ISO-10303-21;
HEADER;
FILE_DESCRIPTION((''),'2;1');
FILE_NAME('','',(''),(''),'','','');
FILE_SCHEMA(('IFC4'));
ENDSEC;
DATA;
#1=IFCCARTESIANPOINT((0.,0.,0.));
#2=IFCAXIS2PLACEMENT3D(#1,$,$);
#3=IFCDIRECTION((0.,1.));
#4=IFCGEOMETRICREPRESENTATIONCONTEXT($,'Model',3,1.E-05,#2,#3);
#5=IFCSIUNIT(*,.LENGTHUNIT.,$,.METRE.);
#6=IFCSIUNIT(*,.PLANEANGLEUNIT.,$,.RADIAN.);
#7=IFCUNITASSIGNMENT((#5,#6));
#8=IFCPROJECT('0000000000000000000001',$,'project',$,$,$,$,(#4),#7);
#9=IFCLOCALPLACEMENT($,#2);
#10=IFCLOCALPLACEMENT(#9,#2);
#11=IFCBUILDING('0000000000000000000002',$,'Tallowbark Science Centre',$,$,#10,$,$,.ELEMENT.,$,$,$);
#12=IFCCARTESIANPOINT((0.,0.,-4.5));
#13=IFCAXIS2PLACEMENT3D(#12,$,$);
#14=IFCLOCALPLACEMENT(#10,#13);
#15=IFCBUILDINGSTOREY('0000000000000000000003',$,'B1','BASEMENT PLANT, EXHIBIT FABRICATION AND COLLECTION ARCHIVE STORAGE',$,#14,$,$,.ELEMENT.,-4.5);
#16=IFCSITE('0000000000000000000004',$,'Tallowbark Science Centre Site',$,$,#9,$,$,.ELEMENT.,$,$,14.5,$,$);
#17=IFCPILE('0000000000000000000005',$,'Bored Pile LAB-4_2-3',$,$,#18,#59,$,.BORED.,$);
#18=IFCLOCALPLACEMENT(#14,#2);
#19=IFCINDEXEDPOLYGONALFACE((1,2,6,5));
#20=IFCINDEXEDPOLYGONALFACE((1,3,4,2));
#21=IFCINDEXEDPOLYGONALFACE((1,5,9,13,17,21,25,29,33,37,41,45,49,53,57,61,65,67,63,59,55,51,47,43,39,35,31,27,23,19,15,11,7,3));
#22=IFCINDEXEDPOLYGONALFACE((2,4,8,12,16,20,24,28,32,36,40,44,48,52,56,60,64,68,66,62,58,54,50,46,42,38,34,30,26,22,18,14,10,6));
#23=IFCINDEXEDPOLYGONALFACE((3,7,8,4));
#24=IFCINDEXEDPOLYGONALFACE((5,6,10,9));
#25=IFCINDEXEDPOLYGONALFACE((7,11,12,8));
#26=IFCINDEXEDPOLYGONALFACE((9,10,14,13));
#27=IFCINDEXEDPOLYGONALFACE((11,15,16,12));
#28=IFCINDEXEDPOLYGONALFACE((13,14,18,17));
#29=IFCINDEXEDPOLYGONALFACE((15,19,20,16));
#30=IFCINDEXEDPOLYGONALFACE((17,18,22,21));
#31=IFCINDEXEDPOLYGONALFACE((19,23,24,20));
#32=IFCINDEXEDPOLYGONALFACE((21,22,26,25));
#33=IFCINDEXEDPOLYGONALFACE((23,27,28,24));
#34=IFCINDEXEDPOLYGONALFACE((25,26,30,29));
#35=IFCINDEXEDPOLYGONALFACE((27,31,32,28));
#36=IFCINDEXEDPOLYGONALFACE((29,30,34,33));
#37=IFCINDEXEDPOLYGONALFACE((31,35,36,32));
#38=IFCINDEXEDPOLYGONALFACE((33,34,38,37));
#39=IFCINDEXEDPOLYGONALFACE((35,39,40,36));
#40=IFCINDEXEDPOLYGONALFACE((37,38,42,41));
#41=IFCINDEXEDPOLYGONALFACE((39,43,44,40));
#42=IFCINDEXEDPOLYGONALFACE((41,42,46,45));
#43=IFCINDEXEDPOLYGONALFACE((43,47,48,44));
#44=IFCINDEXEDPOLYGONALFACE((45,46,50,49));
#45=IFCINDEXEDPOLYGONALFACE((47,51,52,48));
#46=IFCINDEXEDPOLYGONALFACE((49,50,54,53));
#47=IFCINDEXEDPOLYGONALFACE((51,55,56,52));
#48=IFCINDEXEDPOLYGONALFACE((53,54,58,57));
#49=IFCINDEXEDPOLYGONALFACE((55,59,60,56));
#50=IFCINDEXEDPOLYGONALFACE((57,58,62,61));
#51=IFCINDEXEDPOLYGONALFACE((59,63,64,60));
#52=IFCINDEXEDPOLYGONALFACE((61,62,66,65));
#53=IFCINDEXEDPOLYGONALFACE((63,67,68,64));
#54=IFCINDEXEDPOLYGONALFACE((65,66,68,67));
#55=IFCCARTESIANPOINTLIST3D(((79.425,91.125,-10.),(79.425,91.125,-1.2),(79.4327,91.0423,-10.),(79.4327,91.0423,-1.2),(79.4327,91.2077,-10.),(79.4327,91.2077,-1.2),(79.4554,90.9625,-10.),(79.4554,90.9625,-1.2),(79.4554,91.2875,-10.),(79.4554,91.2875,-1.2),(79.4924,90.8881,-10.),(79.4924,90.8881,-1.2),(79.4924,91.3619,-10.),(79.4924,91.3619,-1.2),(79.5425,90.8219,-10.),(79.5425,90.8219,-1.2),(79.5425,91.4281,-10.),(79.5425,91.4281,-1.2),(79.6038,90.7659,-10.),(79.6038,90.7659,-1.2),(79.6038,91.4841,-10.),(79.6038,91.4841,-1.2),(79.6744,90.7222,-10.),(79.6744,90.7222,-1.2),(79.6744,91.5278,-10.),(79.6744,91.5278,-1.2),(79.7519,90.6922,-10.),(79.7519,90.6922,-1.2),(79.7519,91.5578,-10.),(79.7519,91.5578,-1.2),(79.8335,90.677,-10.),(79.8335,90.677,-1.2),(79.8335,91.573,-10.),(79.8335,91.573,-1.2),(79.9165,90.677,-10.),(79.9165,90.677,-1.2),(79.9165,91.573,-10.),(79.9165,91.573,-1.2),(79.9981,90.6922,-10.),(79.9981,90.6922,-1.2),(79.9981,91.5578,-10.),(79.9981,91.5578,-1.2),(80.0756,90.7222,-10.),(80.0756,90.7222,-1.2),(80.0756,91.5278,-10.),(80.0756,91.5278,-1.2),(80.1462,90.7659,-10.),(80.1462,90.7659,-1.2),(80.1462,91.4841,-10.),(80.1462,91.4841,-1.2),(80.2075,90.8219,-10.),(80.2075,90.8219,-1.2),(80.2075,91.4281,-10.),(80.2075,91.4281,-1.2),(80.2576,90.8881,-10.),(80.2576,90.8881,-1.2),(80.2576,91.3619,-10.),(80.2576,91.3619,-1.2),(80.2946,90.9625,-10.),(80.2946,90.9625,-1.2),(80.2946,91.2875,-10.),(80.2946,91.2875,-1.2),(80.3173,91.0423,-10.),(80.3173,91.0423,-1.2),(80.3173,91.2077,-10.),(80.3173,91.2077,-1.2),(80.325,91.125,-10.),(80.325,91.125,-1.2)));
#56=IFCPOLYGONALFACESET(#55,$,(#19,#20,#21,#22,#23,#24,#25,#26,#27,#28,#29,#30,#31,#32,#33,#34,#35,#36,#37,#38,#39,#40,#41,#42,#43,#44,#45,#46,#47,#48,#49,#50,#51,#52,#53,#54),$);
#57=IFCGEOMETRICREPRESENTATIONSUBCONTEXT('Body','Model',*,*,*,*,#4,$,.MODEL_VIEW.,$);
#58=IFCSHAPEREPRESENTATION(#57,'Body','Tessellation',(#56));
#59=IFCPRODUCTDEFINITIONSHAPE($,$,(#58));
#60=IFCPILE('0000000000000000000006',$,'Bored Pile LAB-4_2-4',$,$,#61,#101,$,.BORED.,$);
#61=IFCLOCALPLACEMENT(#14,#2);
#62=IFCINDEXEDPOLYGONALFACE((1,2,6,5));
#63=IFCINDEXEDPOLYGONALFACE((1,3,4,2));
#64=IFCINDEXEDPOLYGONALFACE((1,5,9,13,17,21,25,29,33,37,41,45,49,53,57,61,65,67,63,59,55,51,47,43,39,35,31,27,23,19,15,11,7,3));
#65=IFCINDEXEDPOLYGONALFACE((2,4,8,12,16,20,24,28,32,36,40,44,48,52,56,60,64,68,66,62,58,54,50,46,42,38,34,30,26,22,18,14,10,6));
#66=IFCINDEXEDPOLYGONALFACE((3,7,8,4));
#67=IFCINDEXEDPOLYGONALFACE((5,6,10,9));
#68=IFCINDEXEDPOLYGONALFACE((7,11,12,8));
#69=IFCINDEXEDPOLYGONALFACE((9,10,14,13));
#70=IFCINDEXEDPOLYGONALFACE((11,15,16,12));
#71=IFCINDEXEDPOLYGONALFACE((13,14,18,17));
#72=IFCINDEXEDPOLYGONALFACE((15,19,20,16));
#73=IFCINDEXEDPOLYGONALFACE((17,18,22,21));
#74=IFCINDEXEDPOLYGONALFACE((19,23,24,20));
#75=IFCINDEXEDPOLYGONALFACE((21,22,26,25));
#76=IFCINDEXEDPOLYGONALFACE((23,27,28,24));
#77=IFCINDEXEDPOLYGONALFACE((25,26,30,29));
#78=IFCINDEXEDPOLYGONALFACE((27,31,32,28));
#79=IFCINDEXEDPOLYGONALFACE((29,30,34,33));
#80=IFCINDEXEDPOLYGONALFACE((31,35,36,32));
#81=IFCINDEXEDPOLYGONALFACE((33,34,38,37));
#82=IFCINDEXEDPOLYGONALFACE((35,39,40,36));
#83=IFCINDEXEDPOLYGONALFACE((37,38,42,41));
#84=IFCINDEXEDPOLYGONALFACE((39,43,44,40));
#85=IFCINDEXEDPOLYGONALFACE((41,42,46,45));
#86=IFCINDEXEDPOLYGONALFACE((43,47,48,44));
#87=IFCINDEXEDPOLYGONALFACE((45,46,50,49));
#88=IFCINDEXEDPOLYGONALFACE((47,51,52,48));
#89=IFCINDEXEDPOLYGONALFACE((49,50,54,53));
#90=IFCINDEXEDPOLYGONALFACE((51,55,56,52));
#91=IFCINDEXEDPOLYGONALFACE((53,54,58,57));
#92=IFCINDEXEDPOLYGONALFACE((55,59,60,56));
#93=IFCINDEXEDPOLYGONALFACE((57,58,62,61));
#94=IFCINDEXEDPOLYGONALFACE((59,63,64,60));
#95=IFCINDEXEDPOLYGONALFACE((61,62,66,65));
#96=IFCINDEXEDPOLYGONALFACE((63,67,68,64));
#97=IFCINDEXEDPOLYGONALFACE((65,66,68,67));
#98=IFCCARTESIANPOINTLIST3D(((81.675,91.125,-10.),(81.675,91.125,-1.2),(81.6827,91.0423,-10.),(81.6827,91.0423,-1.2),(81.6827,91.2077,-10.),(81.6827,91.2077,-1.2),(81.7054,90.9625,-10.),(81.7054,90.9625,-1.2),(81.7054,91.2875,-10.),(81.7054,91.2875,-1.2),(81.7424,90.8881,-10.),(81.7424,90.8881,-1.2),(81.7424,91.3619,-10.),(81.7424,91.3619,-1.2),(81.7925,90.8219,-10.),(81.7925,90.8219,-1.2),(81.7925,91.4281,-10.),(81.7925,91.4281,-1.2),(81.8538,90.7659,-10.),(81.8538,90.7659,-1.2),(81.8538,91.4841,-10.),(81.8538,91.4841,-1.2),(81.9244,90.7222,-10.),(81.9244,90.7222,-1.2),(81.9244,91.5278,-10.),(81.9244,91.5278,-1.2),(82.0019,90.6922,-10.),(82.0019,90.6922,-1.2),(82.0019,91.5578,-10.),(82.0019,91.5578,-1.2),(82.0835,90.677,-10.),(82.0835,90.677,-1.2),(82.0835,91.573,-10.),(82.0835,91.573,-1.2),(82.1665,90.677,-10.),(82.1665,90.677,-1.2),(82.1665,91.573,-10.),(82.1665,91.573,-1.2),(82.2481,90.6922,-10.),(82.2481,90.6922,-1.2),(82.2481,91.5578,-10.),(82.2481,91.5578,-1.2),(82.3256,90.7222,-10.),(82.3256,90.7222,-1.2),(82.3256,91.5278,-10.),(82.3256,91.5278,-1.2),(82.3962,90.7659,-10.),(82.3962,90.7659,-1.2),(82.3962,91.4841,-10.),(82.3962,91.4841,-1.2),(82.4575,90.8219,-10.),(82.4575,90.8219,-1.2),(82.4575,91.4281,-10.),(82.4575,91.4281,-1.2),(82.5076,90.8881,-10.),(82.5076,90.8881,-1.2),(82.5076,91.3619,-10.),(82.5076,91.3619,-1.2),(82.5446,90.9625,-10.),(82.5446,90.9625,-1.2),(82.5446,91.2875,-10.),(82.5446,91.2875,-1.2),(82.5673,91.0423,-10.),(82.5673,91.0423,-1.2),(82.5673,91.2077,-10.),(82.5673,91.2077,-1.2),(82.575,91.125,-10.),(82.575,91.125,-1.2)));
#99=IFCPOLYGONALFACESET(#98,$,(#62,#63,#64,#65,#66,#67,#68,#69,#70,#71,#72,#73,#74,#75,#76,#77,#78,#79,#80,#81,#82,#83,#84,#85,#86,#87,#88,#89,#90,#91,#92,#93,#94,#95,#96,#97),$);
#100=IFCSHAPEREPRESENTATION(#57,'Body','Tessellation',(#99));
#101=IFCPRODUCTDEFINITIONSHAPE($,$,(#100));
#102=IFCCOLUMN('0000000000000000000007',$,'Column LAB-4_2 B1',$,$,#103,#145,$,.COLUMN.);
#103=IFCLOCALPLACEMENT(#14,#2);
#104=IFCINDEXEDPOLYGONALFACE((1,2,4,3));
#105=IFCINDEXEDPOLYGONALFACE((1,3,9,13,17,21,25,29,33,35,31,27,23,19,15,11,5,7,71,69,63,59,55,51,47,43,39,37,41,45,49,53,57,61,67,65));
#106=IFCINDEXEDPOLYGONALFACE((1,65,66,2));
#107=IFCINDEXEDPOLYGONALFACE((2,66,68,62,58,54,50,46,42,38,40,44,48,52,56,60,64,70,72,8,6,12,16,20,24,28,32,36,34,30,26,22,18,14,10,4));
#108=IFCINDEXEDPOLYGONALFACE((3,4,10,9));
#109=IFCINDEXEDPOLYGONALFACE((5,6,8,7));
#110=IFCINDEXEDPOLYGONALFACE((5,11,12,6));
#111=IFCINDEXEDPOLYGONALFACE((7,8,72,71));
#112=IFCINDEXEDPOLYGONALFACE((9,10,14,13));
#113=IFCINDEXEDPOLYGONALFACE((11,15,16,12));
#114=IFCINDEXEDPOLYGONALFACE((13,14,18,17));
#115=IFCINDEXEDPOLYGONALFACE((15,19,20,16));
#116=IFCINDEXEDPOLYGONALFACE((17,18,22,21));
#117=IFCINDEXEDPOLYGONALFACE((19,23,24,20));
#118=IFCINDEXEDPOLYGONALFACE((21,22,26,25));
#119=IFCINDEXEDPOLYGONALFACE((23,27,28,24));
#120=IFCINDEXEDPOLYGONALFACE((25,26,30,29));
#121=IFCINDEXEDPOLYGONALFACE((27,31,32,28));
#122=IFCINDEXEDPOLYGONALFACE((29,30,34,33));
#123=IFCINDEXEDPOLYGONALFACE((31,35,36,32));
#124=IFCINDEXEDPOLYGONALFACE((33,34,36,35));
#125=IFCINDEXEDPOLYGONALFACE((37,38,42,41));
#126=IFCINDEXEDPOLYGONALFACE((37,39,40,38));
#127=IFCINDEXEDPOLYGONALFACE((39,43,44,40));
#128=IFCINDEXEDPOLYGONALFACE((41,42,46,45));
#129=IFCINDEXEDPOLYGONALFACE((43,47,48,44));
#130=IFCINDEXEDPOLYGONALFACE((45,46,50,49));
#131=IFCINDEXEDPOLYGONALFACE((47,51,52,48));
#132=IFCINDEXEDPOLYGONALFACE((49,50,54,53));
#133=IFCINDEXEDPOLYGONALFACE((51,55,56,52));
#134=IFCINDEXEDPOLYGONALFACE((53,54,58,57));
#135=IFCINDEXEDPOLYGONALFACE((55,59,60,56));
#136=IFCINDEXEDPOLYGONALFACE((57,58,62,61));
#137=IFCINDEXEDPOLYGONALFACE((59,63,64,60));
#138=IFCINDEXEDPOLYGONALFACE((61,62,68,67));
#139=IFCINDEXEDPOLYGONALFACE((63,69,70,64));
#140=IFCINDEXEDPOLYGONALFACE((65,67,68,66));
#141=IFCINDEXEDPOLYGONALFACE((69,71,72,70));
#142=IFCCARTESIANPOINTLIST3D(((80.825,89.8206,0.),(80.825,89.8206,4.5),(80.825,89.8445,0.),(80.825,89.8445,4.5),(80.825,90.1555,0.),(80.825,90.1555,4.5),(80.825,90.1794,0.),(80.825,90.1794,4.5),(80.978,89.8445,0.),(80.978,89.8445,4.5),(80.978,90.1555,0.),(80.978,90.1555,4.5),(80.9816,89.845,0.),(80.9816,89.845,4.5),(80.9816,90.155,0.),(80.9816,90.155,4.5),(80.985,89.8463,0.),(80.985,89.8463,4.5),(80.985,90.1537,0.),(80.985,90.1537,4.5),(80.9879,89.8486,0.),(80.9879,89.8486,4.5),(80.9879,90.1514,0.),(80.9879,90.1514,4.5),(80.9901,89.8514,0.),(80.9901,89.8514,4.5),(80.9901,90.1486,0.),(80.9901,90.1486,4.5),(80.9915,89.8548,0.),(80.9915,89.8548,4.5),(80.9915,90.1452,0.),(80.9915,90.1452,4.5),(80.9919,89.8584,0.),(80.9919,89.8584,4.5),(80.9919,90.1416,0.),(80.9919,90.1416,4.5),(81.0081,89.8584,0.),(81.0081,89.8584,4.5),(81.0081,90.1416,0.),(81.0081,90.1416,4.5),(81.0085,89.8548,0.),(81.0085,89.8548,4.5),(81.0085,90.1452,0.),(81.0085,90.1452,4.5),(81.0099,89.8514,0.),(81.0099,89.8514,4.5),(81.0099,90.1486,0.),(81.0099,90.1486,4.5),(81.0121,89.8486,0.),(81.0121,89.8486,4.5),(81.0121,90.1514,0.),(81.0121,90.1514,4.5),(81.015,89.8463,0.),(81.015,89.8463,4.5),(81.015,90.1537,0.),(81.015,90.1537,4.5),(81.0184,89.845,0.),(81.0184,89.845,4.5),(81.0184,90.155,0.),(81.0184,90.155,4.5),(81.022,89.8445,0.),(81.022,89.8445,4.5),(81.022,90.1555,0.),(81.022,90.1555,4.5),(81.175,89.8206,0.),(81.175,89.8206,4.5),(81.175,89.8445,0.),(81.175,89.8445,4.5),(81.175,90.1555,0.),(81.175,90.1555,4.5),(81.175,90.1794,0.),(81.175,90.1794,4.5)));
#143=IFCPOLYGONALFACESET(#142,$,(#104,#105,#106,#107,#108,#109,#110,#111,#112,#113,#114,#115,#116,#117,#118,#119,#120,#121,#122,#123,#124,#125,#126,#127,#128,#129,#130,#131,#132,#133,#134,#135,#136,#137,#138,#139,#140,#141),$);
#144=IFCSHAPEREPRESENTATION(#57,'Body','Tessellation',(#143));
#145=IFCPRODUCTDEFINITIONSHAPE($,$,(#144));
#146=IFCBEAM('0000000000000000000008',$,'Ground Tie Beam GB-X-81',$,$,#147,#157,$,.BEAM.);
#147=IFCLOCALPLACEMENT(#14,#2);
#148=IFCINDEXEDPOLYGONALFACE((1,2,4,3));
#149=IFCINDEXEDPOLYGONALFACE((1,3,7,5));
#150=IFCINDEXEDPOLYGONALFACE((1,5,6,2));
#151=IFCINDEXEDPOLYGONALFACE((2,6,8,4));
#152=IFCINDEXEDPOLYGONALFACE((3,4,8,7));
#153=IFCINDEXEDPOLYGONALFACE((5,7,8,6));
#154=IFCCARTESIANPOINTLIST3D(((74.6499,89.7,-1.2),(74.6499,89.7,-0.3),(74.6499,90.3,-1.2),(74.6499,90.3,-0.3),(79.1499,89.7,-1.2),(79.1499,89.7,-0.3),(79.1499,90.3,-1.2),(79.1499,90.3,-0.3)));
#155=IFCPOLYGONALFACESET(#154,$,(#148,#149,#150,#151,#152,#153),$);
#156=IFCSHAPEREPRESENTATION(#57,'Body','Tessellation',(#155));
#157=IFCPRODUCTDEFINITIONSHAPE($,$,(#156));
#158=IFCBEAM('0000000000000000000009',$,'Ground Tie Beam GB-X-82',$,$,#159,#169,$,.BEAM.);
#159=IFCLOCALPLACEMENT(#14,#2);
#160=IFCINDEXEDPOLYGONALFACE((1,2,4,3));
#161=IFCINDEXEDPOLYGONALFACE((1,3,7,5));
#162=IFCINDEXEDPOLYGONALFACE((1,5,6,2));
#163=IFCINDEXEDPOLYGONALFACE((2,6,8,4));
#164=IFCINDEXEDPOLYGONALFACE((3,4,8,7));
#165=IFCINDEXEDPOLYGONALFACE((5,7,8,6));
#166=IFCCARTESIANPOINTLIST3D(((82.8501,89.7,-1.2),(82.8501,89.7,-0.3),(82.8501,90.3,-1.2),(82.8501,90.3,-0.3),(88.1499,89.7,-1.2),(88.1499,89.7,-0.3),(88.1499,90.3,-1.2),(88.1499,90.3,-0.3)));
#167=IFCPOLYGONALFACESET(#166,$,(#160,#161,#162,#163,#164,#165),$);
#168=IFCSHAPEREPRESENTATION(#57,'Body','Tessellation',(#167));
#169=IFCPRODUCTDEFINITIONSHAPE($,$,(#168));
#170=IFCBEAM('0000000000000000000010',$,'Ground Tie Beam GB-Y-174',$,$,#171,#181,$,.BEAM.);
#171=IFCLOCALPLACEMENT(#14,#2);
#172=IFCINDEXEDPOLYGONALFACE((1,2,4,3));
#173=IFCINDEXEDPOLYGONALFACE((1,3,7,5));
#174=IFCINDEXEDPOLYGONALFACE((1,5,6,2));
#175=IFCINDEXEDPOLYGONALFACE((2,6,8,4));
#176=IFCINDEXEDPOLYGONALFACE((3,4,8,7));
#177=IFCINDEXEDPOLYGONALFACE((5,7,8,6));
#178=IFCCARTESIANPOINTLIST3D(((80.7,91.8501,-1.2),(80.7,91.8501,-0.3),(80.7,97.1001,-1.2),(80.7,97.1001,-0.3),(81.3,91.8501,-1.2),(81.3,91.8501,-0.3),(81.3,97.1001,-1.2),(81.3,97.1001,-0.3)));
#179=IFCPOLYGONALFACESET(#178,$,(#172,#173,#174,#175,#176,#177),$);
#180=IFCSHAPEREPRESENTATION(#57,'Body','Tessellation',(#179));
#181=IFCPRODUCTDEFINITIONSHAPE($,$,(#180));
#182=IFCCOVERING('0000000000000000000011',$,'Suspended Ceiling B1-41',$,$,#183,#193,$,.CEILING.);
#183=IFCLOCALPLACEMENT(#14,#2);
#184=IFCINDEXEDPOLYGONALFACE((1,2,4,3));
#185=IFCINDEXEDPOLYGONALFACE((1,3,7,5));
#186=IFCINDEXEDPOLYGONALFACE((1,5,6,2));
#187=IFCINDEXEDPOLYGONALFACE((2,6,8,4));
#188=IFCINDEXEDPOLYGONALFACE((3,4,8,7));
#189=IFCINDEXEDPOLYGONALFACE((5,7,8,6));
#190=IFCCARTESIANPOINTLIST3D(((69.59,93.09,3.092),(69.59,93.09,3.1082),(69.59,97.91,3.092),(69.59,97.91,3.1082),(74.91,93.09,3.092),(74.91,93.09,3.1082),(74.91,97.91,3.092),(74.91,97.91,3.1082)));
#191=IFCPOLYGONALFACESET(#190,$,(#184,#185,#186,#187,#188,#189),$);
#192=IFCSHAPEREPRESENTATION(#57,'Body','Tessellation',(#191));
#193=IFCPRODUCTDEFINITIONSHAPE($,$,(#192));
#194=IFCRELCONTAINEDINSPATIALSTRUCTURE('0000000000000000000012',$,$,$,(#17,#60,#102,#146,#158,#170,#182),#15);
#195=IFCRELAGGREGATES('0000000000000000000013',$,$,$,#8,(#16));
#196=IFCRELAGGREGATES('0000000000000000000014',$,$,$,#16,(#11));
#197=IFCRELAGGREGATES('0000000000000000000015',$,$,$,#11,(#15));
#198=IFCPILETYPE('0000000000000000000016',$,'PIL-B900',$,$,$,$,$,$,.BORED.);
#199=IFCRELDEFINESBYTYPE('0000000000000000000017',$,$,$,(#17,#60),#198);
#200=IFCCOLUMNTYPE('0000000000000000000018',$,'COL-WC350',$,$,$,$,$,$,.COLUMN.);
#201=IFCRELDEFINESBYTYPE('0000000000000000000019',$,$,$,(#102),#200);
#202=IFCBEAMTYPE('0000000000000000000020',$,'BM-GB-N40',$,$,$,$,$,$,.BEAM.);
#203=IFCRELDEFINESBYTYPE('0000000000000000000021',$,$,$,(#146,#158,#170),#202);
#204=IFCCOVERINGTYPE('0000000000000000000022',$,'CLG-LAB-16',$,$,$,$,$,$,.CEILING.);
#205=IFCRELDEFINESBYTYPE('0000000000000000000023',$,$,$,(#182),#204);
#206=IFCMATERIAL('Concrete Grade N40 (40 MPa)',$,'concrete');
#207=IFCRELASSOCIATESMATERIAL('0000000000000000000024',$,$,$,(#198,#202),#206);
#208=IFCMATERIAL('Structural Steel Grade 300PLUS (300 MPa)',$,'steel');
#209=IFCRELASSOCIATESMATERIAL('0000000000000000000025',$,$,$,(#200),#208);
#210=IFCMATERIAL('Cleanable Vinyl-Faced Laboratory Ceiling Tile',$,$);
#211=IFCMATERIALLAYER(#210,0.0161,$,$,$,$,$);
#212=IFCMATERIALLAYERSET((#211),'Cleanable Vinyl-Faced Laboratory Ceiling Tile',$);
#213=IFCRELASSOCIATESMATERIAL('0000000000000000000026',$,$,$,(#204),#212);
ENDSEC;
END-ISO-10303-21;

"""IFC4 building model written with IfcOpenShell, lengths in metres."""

from ifc_helpers import new_model, si_unit, direction, frame, origin, origin_2d, place, context, subcontext, project, spatial, rectangle, circle, i_section, extrude, material, layer, layer_set, material_profile, profile_set, type_object, element, save


model = new_model("IFC4")

# Units and contexts
model_context = context("Model", 3, precision=1e-05, world=origin(), true_north=direction((0.0, 1.0)))
body_context = subcontext(model_context, "Body", "Model", "MODEL_VIEW")
ifc_project = project(units=[si_unit("LENGTHUNIT", "METRE"), si_unit("PLANEANGLEUNIT", "RADIAN")], contexts=[model_context])

# Site, building, storey
site_placement = place(None, origin())
site = spatial("IfcSite", under=ifc_project, at=site_placement, Name="Tallowbark Science Centre Site", CompositionType="ELEMENT", RefElevation=14.5)
building_placement = place(site_placement, origin())
building = spatial("IfcBuilding", under=site, at=building_placement, Name="Tallowbark Science Centre", CompositionType="ELEMENT")
storey_placement = place(building_placement, frame((0.0, 0.0, -4.5)))
storey = spatial("IfcBuildingStorey", under=building, at=storey_placement, Name="B1", Description="BASEMENT PLANT, EXHIBIT FABRICATION AND COLLECTION ARCHIVE STORAGE", CompositionType="ELEMENT", Elevation=-4.5)

# Shared definitions
ifc_material_1 = material(Name="Concrete Grade N40 (40 MPa)", Category="concrete")

# Piles
ifc_material_profile_1 = material_profile(ifc_material_1, circle(Radius=0.45, at=origin_2d()), Name="PILE900")
ifc_profile_set_1 = profile_set([ifc_material_profile_1], Name="Concrete Grade N40 (40 MPa)")
pile_type = type_object("IfcPileType", Name="PIL-B900", PredefinedType="BORED", material=ifc_profile_set_1)
for number, where, z_axis, x_axis, name in (
    (1, (79.875, 91.125, -1.2), (0.0, 0.0, -1.0), (1.0, 0.0, 0.0), "Bored Pile LAB-4_2-3"),
    (2, (82.125, 91.125, -1.2), (0.0, 0.0, -1.0), (1.0, 0.0, 0.0), "Bored Pile LAB-4_2-4"),
):
    element("IfcPile", number, at=place(storey_placement, frame(where, z_axis=z_axis, x_axis=x_axis)), inside=storey, type_object=pile_type, Name=name, PredefinedType="BORED", context=body_context, shape_type="SweptSolid", body=[
        extrude(circle(Radius=0.45, at=origin_2d()), origin(), (0.0, 0.0, 1.0), 8.8),
    ])

# Column
ifc_material_2 = material(Name="Structural Steel Grade 300PLUS (300 MPa)", Category="steel")
ifc_material_profile_2 = material_profile(ifc_material_2, i_section(OverallWidth=0.3501, OverallDepth=0.3589, WebThickness=0.0161, FlangeThickness=0.0239, FilletRadius=0.0139, at=origin_2d()), Name="350WC197")
ifc_profile_set_2 = profile_set([ifc_material_profile_2], Name="Structural Steel Grade 300PLUS (300 MPa)")
column_type = type_object("IfcColumnType", Name="COL-WC350", PredefinedType="COLUMN", material=ifc_profile_set_2)
column_placement = place(storey_placement, frame((81.0, 90.0, 0.0), z_axis=(0.0, 0.0, 1.0), x_axis=(1.0, 0.0, 0.0)))
element("IfcColumn", 3, at=column_placement, inside=storey, type_object=column_type, Name="Column LAB-4_2 B1", PredefinedType="COLUMN", context=body_context, shape_type="SweptSolid", body=[
    extrude(i_section(OverallWidth=0.3501, OverallDepth=0.3589, WebThickness=0.0161, FlangeThickness=0.0239, FilletRadius=0.0139, at=origin_2d()), origin(), (0.0, 0.0, 1.0), 4.5),
])

# Beams
ifc_material_profile_3 = material_profile(ifc_material_1, rectangle(XDim=0.6001, YDim=0.8999, at=origin_2d()), Name="RC600x900")
ifc_profile_set_3 = profile_set([ifc_material_profile_3], Name="Concrete Grade N40 (40 MPa)")
beam_type = type_object("IfcBeamType", Name="BM-GB-N40", PredefinedType="BEAM", material=ifc_profile_set_3)
beam_1_placement = place(storey_placement, frame((74.6499, 90.0, -0.75), z_axis=(1.0, 0.0, 0.0), x_axis=(0.0, 1.0, 0.0)))
element("IfcBeam", 4, at=beam_1_placement, inside=storey, type_object=beam_type, Name="Ground Tie Beam GB-X-81", PredefinedType="BEAM", context=body_context, shape_type="SweptSolid", body=[
    extrude(rectangle(XDim=0.6001, YDim=0.8999, at=origin_2d()), origin(), (0.0, 0.0, 1.0), 4.5),
])
beam_2_placement = place(storey_placement, frame((82.8501, 90.0, -0.75), z_axis=(1.0, 0.0, 0.0), x_axis=(0.0, 1.0, 0.0)))
element("IfcBeam", 5, at=beam_2_placement, inside=storey, type_object=beam_type, Name="Ground Tie Beam GB-X-82", PredefinedType="BEAM", context=body_context, shape_type="SweptSolid", body=[
    extrude(rectangle(XDim=0.6001, YDim=0.8999, at=origin_2d()), origin(), (0.0, 0.0, 1.0), 5.2998),
])
beam_3_placement = place(storey_placement, frame((81.0, 91.8501, -0.75), z_axis=(0.0, 1.0, 0.0), x_axis=(-1.0, 0.0, 0.0)))
element("IfcBeam", 6, at=beam_3_placement, inside=storey, type_object=beam_type, Name="Ground Tie Beam GB-Y-174", PredefinedType="BEAM", context=body_context, shape_type="SweptSolid", body=[
    extrude(rectangle(XDim=0.6001, YDim=0.8999, at=origin_2d()), origin(), (0.0, 0.0, 1.0), 5.25),
])

# Covering
ifc_material_3 = material(Name="Cleanable Vinyl-Faced Laboratory Ceiling Tile")
ifc_layer_1 = layer(ifc_material_3, 0.0161)
ifc_layer_set_1 = layer_set([ifc_layer_1], Name="Cleanable Vinyl-Faced Laboratory Ceiling Tile")
covering_type_1 = type_object("IfcCoveringType", Name="CLG-LAB-16", PredefinedType="CEILING", material=ifc_layer_set_1)
for number, where, z_axis, x_axis, name in (
    (7, (72.25, 95.5, 3.092), (0.0, 0.0, 1.0), (1.0, 0.0, 0.0), "Suspended Ceiling B1-41"),
):
    element("IfcCovering", number, at=place(storey_placement, frame(where, z_axis=z_axis, x_axis=x_axis)), inside=storey, type_object=covering_type_1, Name=name, PredefinedType="CEILING", context=body_context, shape_type="SweptSolid", body=[
        extrude(rectangle(XDim=5.3201, YDim=4.8201, at=origin_2d()), origin(), (0.0, 0.0, 1.0), 0.0161),
    ])

save(model, "model.ifc")
